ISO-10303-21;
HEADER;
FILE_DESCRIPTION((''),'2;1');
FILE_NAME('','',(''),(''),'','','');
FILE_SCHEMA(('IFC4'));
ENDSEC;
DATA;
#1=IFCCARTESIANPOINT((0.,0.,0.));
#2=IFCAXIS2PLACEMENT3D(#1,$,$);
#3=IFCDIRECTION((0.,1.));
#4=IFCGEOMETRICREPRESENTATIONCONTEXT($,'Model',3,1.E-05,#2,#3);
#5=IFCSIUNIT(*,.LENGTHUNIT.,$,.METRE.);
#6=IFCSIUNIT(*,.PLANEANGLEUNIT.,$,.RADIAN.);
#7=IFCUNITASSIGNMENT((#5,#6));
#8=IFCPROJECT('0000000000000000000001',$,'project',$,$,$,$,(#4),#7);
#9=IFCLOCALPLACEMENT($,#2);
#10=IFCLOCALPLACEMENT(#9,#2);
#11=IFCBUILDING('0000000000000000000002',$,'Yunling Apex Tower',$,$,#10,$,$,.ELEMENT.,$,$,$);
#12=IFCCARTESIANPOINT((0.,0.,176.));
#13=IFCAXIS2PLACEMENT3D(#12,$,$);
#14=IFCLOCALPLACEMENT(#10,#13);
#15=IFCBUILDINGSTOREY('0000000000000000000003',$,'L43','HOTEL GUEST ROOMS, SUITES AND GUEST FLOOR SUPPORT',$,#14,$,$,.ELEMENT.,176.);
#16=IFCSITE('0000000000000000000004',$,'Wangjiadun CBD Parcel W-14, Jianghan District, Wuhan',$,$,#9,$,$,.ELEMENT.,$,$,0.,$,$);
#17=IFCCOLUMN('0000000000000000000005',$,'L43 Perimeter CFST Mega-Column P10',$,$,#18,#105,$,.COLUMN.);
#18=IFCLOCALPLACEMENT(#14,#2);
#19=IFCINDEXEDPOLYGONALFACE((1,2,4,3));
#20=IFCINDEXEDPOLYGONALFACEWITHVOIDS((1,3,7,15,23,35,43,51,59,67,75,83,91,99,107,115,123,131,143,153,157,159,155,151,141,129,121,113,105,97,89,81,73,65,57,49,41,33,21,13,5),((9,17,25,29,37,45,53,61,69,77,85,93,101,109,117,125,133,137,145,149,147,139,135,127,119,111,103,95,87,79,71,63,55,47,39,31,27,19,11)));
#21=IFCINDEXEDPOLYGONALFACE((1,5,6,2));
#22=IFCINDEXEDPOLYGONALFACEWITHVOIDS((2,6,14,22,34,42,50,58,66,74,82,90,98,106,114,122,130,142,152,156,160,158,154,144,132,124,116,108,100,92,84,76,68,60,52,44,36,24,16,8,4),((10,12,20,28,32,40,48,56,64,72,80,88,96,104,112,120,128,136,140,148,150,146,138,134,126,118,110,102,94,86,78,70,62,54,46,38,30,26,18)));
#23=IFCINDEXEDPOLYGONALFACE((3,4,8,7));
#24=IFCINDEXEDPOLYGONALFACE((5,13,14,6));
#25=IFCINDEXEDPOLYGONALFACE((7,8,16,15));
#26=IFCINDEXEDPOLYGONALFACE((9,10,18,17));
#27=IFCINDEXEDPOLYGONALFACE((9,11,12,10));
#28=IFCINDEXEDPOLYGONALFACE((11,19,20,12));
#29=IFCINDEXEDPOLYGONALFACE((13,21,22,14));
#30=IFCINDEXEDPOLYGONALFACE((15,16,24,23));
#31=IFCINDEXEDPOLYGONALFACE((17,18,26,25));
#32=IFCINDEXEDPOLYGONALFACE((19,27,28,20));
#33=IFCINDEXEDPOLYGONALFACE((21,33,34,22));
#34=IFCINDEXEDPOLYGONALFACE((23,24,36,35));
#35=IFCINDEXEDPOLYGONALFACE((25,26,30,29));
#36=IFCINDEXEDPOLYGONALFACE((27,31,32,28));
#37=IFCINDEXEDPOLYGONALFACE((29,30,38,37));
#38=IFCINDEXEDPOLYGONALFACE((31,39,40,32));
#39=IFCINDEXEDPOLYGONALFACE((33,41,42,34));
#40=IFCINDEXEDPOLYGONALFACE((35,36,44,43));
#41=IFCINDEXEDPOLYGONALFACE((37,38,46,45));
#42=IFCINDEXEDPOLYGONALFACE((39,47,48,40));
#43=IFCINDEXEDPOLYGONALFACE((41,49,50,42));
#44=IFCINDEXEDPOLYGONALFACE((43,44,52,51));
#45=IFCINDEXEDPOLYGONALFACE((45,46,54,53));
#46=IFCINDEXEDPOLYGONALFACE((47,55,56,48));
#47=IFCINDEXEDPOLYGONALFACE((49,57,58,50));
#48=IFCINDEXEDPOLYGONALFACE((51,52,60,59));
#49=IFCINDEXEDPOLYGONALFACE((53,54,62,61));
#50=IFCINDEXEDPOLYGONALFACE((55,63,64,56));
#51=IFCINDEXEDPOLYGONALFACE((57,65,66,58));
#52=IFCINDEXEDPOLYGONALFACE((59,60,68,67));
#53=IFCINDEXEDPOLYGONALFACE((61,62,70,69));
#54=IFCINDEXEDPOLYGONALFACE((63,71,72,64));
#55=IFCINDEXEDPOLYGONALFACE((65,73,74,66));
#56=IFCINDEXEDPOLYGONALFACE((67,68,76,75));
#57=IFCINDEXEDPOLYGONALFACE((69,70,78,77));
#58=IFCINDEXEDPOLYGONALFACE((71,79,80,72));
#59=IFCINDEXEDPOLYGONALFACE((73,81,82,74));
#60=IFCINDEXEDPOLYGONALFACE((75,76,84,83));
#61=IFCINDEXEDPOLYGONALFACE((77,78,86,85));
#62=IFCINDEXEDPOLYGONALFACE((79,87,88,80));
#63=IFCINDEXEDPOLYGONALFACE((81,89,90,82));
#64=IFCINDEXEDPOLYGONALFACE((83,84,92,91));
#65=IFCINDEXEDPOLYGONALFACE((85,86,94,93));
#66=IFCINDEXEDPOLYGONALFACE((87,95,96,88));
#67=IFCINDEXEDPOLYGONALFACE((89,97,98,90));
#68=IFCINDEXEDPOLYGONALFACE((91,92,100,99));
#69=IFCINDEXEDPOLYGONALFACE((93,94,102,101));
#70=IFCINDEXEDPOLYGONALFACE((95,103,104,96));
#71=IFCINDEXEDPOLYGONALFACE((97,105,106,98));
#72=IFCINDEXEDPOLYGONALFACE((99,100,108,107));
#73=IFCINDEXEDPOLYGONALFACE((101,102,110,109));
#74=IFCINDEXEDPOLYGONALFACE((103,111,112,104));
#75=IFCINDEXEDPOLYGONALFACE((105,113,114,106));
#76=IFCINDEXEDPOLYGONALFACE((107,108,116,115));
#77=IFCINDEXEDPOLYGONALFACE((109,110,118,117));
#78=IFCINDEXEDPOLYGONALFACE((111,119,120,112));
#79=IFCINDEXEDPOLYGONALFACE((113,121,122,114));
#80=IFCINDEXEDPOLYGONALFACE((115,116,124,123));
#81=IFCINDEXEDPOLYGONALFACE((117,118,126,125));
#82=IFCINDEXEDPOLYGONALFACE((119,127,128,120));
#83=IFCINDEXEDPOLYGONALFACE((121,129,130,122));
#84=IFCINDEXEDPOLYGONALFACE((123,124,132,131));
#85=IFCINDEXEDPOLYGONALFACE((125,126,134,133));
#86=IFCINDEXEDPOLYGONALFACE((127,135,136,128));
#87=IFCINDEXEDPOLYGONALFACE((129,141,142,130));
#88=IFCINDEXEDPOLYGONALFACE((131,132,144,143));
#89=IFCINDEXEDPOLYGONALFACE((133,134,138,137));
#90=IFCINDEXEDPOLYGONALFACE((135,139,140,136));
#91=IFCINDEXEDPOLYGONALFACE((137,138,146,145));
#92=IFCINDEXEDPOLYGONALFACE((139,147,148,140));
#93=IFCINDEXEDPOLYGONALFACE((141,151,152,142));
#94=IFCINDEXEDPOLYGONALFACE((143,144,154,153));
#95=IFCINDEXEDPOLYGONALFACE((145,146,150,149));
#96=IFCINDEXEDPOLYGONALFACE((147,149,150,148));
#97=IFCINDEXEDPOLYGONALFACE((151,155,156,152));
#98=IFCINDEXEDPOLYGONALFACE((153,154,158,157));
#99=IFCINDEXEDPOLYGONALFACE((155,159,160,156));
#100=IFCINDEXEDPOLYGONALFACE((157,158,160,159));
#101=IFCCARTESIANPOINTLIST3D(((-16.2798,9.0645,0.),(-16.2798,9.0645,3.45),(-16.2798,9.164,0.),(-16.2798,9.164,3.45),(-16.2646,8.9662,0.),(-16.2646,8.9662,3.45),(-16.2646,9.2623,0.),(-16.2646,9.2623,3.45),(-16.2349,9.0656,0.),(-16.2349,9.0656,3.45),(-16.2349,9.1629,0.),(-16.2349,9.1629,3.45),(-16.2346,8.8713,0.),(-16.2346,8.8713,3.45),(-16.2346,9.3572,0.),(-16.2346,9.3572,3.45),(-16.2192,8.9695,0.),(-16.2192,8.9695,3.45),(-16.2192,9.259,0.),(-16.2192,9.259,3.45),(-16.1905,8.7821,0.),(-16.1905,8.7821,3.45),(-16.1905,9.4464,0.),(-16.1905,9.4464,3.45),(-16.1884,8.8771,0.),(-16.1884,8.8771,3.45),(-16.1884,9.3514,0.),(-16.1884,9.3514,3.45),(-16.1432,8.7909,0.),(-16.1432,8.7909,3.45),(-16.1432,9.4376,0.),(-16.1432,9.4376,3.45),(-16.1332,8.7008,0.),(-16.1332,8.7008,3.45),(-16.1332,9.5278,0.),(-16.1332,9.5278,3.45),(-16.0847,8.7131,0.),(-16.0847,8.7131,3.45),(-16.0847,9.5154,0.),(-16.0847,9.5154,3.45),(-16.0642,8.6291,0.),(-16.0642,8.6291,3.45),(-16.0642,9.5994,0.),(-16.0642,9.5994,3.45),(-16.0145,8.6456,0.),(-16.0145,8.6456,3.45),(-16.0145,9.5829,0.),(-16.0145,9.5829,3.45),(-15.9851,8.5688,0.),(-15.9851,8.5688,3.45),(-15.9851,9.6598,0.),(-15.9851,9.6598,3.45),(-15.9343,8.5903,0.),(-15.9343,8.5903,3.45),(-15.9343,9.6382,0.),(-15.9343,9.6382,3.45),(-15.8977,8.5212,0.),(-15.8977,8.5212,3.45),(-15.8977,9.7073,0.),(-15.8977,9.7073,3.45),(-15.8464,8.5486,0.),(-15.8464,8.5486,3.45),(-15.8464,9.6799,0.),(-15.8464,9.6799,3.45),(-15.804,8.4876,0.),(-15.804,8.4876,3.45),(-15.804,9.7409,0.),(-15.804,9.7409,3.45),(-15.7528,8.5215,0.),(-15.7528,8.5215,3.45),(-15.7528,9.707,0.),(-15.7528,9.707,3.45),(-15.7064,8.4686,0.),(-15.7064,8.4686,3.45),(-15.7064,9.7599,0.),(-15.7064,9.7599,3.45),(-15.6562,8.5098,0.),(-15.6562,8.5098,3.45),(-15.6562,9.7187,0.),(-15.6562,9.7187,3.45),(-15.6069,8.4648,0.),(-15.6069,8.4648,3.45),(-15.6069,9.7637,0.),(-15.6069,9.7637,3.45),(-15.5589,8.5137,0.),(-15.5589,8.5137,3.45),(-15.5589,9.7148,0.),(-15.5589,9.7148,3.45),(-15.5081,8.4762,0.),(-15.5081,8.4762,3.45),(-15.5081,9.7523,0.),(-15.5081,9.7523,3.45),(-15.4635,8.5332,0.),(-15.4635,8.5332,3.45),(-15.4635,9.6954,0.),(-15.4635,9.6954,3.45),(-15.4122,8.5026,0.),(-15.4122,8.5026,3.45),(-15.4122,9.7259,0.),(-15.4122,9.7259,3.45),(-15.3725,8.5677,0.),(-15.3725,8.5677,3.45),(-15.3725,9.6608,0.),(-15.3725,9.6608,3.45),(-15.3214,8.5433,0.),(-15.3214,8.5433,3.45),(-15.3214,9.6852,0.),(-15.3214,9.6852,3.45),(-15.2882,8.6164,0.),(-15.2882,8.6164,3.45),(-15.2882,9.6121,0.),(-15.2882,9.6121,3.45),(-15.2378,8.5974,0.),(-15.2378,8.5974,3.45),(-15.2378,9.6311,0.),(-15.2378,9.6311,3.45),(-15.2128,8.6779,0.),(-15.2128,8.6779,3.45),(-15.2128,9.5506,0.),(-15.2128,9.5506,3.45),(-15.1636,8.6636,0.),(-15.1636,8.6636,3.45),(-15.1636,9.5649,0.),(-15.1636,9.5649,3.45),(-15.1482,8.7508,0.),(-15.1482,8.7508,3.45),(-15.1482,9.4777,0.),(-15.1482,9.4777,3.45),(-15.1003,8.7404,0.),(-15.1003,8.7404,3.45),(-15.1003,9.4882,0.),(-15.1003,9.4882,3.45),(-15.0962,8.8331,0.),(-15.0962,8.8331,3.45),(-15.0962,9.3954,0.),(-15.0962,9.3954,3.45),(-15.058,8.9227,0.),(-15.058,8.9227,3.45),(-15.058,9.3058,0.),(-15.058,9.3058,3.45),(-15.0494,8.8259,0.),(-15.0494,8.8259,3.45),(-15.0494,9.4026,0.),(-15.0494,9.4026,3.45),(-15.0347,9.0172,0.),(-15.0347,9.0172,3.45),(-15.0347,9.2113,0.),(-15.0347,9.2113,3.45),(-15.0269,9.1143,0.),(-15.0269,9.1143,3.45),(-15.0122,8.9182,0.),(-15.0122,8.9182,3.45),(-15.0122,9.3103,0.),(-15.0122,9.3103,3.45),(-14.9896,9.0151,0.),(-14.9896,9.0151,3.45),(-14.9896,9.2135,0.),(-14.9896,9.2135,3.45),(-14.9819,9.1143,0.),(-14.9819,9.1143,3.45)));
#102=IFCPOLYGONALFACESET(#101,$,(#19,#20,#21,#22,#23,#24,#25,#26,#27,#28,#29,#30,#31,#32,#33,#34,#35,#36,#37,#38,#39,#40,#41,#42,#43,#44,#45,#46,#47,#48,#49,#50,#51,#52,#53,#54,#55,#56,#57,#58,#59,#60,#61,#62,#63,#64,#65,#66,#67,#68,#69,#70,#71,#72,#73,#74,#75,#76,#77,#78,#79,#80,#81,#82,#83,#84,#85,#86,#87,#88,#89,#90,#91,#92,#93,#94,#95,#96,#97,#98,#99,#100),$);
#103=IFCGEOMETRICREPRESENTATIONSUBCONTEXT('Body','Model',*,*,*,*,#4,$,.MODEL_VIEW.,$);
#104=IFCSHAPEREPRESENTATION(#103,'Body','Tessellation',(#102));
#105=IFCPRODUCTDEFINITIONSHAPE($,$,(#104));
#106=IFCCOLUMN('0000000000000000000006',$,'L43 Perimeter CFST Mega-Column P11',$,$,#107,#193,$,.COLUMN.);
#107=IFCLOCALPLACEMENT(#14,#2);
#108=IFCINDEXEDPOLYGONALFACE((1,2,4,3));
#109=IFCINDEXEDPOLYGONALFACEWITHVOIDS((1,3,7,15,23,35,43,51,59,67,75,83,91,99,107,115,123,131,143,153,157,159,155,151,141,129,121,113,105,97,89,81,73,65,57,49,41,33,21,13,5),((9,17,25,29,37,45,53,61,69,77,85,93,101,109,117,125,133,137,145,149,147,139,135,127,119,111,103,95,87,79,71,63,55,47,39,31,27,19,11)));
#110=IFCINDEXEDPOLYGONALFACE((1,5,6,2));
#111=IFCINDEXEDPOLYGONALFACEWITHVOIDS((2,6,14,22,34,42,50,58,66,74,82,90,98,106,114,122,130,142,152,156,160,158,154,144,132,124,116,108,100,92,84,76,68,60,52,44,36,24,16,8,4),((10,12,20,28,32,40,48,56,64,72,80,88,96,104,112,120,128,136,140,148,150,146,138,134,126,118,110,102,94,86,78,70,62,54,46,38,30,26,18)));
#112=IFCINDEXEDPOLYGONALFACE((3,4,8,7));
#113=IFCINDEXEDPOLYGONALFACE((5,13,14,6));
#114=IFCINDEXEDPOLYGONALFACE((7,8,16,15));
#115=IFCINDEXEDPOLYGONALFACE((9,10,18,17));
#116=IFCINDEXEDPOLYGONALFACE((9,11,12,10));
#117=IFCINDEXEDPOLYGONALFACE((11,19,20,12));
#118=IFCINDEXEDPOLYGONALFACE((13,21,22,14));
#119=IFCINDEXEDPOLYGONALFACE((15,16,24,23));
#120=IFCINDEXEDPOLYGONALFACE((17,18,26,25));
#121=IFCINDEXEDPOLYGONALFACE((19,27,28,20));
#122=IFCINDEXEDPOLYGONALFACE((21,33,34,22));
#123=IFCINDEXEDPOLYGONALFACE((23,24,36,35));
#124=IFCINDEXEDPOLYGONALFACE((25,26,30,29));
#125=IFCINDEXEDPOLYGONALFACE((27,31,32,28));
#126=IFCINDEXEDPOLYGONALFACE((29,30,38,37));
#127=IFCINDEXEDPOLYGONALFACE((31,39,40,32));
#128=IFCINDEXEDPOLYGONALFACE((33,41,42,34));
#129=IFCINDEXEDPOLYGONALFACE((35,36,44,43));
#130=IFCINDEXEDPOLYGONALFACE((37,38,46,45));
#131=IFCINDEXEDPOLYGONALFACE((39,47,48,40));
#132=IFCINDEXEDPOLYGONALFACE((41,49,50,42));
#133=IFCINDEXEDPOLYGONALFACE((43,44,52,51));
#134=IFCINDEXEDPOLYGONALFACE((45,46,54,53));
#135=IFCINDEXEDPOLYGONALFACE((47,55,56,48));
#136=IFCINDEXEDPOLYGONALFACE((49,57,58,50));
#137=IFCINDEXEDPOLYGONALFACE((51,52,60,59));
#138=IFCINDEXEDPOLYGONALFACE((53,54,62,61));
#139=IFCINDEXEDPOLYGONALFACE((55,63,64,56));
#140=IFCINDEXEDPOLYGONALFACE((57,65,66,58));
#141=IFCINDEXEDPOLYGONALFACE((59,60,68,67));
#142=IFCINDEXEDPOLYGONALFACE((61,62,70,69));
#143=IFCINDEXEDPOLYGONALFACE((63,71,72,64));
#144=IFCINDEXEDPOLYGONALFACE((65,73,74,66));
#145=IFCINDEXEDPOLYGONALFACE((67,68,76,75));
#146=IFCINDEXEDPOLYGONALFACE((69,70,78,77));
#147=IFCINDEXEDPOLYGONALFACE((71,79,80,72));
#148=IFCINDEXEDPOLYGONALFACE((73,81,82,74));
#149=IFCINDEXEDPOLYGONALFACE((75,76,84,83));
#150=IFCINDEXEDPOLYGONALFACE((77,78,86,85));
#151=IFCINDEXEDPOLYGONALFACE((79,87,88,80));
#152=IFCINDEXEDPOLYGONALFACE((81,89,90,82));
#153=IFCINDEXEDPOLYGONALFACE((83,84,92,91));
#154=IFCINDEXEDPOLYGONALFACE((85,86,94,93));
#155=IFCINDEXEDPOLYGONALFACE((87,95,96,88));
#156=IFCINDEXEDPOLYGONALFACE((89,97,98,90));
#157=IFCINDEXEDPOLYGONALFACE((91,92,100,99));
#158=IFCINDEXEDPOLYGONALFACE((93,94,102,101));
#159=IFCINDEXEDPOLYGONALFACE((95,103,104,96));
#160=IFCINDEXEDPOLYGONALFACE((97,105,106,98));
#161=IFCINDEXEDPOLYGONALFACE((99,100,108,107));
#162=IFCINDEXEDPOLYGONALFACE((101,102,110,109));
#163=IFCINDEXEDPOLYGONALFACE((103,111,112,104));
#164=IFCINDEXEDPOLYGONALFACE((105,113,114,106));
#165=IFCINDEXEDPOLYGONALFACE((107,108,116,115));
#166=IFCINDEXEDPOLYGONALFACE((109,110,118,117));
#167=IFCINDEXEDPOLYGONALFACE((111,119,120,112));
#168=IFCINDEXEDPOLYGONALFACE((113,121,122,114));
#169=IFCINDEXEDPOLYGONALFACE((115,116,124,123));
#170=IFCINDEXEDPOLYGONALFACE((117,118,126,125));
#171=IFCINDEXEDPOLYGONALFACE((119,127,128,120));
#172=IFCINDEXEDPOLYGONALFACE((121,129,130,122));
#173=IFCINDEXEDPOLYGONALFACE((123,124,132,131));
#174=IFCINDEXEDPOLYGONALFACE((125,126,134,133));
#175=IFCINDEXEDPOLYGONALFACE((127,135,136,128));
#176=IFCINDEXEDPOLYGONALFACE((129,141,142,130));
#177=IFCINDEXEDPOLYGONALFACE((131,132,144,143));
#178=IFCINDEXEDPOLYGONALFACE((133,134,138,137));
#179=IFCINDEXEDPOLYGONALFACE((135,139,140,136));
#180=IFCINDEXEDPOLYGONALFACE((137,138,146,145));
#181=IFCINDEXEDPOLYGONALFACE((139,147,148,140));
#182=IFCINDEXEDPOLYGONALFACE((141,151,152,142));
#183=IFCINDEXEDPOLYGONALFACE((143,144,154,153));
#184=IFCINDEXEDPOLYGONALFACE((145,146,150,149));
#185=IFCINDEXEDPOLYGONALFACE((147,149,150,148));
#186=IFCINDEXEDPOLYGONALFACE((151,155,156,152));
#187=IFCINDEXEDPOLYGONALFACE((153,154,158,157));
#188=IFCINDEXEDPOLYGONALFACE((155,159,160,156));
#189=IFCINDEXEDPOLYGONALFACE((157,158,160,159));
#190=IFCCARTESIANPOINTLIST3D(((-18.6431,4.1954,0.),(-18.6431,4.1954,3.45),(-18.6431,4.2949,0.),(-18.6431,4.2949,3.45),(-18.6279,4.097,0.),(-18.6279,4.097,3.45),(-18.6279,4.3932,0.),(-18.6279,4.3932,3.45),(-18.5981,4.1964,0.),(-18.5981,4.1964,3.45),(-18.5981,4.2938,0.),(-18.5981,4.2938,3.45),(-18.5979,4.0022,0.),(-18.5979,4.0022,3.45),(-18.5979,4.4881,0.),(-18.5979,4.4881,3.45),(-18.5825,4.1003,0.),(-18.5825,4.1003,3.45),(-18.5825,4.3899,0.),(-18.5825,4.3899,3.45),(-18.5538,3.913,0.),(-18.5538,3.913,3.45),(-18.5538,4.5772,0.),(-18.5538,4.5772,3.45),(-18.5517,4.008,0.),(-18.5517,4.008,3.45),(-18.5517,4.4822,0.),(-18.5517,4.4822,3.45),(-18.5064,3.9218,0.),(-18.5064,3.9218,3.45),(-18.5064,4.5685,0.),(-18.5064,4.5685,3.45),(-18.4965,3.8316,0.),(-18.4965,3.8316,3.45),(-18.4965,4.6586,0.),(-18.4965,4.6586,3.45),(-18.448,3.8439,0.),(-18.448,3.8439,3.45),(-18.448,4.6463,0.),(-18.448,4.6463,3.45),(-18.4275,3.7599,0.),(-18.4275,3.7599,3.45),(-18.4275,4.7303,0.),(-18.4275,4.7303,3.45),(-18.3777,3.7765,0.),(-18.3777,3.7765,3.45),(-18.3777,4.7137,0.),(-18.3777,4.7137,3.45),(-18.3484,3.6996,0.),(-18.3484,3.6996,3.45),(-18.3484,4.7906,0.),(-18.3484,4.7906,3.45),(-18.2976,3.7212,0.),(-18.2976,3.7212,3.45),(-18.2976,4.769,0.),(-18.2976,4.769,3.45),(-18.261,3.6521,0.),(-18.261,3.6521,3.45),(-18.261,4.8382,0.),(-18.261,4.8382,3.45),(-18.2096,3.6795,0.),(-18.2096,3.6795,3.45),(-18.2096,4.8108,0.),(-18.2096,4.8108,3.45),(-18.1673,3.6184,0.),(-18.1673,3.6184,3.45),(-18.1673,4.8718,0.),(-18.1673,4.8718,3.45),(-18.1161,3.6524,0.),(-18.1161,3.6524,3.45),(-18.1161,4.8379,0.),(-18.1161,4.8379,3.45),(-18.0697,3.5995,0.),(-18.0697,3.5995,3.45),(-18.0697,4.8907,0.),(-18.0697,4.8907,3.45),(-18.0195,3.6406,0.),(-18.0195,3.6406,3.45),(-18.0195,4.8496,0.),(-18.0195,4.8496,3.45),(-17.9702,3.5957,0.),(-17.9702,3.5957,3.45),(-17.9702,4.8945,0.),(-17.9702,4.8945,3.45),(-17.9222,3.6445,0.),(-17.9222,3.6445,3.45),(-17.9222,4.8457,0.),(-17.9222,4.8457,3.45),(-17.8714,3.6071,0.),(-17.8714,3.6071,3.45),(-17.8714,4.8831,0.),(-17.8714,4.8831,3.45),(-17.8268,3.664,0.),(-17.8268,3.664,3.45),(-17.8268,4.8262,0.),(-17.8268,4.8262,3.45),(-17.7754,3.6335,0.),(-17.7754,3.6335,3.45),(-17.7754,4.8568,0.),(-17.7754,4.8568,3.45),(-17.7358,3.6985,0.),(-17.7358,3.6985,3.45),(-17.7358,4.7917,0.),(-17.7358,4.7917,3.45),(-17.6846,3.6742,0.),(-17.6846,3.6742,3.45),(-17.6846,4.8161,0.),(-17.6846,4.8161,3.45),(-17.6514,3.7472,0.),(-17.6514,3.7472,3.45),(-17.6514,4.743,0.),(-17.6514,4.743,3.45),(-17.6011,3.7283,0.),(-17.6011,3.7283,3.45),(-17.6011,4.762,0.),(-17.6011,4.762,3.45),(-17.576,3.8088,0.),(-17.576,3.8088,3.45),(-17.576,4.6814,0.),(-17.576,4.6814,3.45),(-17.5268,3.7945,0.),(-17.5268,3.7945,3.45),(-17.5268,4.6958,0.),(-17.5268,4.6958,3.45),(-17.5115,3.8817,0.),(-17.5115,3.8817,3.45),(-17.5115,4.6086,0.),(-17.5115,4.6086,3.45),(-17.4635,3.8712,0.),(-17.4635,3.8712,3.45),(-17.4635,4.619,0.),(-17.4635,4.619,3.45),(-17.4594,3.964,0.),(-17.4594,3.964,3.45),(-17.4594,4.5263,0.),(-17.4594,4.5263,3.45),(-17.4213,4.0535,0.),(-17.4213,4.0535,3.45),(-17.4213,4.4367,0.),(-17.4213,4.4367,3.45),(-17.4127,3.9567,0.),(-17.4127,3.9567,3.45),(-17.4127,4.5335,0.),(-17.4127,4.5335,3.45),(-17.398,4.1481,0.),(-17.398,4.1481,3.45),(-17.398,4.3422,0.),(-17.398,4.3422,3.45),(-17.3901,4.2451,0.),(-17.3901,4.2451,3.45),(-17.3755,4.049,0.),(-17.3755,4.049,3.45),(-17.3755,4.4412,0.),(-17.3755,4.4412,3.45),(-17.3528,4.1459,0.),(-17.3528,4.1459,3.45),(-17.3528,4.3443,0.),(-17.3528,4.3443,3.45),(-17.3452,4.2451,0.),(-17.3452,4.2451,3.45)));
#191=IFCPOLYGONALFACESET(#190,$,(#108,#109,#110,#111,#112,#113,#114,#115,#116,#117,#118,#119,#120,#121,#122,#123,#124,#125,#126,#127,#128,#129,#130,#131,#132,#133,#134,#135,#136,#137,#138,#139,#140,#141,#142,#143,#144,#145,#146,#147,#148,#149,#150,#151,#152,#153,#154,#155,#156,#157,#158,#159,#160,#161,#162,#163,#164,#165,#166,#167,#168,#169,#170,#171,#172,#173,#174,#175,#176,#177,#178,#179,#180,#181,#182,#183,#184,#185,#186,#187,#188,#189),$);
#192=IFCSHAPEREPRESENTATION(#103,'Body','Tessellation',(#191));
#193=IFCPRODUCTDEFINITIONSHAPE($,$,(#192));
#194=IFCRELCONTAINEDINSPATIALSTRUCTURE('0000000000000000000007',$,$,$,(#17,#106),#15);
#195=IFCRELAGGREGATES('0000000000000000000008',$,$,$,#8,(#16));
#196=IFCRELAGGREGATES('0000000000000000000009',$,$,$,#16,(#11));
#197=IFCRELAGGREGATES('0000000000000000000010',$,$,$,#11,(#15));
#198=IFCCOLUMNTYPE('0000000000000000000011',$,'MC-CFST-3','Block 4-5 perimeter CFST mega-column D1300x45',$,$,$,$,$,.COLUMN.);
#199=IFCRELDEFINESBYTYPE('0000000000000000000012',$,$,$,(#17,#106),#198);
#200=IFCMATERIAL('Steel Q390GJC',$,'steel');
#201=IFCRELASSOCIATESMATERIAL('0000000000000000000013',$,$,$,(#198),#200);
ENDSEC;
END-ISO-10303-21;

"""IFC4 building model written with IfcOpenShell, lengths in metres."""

from ifc_helpers import new_model, si_unit, direction, frame, origin, origin_2d, place, context, subcontext, project, spatial, hollow_circle, extrude, source, transform, mapped, material, material_profile, profile_set, type_object, element, save


model = new_model("IFC4")

# Units and contexts
model_context = context("Model", 3, precision=1e-05, world=origin(), true_north=direction((0.0, 1.0)))
body_context = subcontext(model_context, "Body", "Model", "MODEL_VIEW")
ifc_project = project(units=[si_unit("LENGTHUNIT", "METRE"), si_unit("PLANEANGLEUNIT", "RADIAN")], contexts=[model_context])

# Site, building, storey
site_placement = place(None, origin())
site = spatial("IfcSite", under=ifc_project, at=site_placement, Name="Wangjiadun CBD Parcel W-14, Jianghan District, Wuhan", CompositionType="ELEMENT", RefElevation=0.0)
building_placement = place(site_placement, origin())
building = spatial("IfcBuilding", under=site, at=building_placement, Name="Yunling Apex Tower", CompositionType="ELEMENT")
storey_placement = place(building_placement, frame((0.0, 0.0, 176.0)))
storey = spatial("IfcBuildingStorey", under=building, at=storey_placement, Name="L43", Description="HOTEL GUEST ROOMS, SUITES AND GUEST FLOOR SUPPORT", CompositionType="ELEMENT", Elevation=176.0)

# Columns
ifc_material_1 = material(Name="Steel Q390GJC", Category="steel")
ifc_material_profile_1 = material_profile(ifc_material_1, hollow_circle(Radius=0.6499, WallThickness=0.0449, at=origin_2d()))
ifc_profile_set_1 = profile_set([ifc_material_profile_1], Name="Steel Q390GJC")
column_type = type_object("IfcColumnType", Name="MC-CFST-3", Description="Block 4-5 perimeter CFST mega-column D1300x45", PredefinedType="COLUMN", material=ifc_profile_set_1)
shared_shape_1 = source(origin(), body_context, "Body", "SweptSolid", [
    extrude(hollow_circle(Radius=0.6499, WallThickness=0.0449, at=origin_2d()), origin(), (0.0, 0.0, 1.0), 3.45),
])
for number, where, z_axis, x_axis, name in (
    (1, (-15.6318, 9.1143, 0.0), (0.0, 0.0, 1.0), (1.0, 0.0, 0.0), "L43 Perimeter CFST Mega-Column P10"),
    (2, (-17.9951, 4.2451, 0.0), (0.0, 0.0, 1.0), (1.0, 0.0, 0.0), "L43 Perimeter CFST Mega-Column P11"),
):
    element("IfcColumn", number, at=place(storey_placement, frame(where, z_axis=z_axis, x_axis=x_axis)), inside=storey, type_object=column_type, Name=name, PredefinedType="COLUMN", context=body_context, shape_type="MappedRepresentation", body=[
        mapped(shared_shape_1, transform((0.0, 0.0, 0.0), scale=1.0)),
    ])

save(model, "model.ifc")
